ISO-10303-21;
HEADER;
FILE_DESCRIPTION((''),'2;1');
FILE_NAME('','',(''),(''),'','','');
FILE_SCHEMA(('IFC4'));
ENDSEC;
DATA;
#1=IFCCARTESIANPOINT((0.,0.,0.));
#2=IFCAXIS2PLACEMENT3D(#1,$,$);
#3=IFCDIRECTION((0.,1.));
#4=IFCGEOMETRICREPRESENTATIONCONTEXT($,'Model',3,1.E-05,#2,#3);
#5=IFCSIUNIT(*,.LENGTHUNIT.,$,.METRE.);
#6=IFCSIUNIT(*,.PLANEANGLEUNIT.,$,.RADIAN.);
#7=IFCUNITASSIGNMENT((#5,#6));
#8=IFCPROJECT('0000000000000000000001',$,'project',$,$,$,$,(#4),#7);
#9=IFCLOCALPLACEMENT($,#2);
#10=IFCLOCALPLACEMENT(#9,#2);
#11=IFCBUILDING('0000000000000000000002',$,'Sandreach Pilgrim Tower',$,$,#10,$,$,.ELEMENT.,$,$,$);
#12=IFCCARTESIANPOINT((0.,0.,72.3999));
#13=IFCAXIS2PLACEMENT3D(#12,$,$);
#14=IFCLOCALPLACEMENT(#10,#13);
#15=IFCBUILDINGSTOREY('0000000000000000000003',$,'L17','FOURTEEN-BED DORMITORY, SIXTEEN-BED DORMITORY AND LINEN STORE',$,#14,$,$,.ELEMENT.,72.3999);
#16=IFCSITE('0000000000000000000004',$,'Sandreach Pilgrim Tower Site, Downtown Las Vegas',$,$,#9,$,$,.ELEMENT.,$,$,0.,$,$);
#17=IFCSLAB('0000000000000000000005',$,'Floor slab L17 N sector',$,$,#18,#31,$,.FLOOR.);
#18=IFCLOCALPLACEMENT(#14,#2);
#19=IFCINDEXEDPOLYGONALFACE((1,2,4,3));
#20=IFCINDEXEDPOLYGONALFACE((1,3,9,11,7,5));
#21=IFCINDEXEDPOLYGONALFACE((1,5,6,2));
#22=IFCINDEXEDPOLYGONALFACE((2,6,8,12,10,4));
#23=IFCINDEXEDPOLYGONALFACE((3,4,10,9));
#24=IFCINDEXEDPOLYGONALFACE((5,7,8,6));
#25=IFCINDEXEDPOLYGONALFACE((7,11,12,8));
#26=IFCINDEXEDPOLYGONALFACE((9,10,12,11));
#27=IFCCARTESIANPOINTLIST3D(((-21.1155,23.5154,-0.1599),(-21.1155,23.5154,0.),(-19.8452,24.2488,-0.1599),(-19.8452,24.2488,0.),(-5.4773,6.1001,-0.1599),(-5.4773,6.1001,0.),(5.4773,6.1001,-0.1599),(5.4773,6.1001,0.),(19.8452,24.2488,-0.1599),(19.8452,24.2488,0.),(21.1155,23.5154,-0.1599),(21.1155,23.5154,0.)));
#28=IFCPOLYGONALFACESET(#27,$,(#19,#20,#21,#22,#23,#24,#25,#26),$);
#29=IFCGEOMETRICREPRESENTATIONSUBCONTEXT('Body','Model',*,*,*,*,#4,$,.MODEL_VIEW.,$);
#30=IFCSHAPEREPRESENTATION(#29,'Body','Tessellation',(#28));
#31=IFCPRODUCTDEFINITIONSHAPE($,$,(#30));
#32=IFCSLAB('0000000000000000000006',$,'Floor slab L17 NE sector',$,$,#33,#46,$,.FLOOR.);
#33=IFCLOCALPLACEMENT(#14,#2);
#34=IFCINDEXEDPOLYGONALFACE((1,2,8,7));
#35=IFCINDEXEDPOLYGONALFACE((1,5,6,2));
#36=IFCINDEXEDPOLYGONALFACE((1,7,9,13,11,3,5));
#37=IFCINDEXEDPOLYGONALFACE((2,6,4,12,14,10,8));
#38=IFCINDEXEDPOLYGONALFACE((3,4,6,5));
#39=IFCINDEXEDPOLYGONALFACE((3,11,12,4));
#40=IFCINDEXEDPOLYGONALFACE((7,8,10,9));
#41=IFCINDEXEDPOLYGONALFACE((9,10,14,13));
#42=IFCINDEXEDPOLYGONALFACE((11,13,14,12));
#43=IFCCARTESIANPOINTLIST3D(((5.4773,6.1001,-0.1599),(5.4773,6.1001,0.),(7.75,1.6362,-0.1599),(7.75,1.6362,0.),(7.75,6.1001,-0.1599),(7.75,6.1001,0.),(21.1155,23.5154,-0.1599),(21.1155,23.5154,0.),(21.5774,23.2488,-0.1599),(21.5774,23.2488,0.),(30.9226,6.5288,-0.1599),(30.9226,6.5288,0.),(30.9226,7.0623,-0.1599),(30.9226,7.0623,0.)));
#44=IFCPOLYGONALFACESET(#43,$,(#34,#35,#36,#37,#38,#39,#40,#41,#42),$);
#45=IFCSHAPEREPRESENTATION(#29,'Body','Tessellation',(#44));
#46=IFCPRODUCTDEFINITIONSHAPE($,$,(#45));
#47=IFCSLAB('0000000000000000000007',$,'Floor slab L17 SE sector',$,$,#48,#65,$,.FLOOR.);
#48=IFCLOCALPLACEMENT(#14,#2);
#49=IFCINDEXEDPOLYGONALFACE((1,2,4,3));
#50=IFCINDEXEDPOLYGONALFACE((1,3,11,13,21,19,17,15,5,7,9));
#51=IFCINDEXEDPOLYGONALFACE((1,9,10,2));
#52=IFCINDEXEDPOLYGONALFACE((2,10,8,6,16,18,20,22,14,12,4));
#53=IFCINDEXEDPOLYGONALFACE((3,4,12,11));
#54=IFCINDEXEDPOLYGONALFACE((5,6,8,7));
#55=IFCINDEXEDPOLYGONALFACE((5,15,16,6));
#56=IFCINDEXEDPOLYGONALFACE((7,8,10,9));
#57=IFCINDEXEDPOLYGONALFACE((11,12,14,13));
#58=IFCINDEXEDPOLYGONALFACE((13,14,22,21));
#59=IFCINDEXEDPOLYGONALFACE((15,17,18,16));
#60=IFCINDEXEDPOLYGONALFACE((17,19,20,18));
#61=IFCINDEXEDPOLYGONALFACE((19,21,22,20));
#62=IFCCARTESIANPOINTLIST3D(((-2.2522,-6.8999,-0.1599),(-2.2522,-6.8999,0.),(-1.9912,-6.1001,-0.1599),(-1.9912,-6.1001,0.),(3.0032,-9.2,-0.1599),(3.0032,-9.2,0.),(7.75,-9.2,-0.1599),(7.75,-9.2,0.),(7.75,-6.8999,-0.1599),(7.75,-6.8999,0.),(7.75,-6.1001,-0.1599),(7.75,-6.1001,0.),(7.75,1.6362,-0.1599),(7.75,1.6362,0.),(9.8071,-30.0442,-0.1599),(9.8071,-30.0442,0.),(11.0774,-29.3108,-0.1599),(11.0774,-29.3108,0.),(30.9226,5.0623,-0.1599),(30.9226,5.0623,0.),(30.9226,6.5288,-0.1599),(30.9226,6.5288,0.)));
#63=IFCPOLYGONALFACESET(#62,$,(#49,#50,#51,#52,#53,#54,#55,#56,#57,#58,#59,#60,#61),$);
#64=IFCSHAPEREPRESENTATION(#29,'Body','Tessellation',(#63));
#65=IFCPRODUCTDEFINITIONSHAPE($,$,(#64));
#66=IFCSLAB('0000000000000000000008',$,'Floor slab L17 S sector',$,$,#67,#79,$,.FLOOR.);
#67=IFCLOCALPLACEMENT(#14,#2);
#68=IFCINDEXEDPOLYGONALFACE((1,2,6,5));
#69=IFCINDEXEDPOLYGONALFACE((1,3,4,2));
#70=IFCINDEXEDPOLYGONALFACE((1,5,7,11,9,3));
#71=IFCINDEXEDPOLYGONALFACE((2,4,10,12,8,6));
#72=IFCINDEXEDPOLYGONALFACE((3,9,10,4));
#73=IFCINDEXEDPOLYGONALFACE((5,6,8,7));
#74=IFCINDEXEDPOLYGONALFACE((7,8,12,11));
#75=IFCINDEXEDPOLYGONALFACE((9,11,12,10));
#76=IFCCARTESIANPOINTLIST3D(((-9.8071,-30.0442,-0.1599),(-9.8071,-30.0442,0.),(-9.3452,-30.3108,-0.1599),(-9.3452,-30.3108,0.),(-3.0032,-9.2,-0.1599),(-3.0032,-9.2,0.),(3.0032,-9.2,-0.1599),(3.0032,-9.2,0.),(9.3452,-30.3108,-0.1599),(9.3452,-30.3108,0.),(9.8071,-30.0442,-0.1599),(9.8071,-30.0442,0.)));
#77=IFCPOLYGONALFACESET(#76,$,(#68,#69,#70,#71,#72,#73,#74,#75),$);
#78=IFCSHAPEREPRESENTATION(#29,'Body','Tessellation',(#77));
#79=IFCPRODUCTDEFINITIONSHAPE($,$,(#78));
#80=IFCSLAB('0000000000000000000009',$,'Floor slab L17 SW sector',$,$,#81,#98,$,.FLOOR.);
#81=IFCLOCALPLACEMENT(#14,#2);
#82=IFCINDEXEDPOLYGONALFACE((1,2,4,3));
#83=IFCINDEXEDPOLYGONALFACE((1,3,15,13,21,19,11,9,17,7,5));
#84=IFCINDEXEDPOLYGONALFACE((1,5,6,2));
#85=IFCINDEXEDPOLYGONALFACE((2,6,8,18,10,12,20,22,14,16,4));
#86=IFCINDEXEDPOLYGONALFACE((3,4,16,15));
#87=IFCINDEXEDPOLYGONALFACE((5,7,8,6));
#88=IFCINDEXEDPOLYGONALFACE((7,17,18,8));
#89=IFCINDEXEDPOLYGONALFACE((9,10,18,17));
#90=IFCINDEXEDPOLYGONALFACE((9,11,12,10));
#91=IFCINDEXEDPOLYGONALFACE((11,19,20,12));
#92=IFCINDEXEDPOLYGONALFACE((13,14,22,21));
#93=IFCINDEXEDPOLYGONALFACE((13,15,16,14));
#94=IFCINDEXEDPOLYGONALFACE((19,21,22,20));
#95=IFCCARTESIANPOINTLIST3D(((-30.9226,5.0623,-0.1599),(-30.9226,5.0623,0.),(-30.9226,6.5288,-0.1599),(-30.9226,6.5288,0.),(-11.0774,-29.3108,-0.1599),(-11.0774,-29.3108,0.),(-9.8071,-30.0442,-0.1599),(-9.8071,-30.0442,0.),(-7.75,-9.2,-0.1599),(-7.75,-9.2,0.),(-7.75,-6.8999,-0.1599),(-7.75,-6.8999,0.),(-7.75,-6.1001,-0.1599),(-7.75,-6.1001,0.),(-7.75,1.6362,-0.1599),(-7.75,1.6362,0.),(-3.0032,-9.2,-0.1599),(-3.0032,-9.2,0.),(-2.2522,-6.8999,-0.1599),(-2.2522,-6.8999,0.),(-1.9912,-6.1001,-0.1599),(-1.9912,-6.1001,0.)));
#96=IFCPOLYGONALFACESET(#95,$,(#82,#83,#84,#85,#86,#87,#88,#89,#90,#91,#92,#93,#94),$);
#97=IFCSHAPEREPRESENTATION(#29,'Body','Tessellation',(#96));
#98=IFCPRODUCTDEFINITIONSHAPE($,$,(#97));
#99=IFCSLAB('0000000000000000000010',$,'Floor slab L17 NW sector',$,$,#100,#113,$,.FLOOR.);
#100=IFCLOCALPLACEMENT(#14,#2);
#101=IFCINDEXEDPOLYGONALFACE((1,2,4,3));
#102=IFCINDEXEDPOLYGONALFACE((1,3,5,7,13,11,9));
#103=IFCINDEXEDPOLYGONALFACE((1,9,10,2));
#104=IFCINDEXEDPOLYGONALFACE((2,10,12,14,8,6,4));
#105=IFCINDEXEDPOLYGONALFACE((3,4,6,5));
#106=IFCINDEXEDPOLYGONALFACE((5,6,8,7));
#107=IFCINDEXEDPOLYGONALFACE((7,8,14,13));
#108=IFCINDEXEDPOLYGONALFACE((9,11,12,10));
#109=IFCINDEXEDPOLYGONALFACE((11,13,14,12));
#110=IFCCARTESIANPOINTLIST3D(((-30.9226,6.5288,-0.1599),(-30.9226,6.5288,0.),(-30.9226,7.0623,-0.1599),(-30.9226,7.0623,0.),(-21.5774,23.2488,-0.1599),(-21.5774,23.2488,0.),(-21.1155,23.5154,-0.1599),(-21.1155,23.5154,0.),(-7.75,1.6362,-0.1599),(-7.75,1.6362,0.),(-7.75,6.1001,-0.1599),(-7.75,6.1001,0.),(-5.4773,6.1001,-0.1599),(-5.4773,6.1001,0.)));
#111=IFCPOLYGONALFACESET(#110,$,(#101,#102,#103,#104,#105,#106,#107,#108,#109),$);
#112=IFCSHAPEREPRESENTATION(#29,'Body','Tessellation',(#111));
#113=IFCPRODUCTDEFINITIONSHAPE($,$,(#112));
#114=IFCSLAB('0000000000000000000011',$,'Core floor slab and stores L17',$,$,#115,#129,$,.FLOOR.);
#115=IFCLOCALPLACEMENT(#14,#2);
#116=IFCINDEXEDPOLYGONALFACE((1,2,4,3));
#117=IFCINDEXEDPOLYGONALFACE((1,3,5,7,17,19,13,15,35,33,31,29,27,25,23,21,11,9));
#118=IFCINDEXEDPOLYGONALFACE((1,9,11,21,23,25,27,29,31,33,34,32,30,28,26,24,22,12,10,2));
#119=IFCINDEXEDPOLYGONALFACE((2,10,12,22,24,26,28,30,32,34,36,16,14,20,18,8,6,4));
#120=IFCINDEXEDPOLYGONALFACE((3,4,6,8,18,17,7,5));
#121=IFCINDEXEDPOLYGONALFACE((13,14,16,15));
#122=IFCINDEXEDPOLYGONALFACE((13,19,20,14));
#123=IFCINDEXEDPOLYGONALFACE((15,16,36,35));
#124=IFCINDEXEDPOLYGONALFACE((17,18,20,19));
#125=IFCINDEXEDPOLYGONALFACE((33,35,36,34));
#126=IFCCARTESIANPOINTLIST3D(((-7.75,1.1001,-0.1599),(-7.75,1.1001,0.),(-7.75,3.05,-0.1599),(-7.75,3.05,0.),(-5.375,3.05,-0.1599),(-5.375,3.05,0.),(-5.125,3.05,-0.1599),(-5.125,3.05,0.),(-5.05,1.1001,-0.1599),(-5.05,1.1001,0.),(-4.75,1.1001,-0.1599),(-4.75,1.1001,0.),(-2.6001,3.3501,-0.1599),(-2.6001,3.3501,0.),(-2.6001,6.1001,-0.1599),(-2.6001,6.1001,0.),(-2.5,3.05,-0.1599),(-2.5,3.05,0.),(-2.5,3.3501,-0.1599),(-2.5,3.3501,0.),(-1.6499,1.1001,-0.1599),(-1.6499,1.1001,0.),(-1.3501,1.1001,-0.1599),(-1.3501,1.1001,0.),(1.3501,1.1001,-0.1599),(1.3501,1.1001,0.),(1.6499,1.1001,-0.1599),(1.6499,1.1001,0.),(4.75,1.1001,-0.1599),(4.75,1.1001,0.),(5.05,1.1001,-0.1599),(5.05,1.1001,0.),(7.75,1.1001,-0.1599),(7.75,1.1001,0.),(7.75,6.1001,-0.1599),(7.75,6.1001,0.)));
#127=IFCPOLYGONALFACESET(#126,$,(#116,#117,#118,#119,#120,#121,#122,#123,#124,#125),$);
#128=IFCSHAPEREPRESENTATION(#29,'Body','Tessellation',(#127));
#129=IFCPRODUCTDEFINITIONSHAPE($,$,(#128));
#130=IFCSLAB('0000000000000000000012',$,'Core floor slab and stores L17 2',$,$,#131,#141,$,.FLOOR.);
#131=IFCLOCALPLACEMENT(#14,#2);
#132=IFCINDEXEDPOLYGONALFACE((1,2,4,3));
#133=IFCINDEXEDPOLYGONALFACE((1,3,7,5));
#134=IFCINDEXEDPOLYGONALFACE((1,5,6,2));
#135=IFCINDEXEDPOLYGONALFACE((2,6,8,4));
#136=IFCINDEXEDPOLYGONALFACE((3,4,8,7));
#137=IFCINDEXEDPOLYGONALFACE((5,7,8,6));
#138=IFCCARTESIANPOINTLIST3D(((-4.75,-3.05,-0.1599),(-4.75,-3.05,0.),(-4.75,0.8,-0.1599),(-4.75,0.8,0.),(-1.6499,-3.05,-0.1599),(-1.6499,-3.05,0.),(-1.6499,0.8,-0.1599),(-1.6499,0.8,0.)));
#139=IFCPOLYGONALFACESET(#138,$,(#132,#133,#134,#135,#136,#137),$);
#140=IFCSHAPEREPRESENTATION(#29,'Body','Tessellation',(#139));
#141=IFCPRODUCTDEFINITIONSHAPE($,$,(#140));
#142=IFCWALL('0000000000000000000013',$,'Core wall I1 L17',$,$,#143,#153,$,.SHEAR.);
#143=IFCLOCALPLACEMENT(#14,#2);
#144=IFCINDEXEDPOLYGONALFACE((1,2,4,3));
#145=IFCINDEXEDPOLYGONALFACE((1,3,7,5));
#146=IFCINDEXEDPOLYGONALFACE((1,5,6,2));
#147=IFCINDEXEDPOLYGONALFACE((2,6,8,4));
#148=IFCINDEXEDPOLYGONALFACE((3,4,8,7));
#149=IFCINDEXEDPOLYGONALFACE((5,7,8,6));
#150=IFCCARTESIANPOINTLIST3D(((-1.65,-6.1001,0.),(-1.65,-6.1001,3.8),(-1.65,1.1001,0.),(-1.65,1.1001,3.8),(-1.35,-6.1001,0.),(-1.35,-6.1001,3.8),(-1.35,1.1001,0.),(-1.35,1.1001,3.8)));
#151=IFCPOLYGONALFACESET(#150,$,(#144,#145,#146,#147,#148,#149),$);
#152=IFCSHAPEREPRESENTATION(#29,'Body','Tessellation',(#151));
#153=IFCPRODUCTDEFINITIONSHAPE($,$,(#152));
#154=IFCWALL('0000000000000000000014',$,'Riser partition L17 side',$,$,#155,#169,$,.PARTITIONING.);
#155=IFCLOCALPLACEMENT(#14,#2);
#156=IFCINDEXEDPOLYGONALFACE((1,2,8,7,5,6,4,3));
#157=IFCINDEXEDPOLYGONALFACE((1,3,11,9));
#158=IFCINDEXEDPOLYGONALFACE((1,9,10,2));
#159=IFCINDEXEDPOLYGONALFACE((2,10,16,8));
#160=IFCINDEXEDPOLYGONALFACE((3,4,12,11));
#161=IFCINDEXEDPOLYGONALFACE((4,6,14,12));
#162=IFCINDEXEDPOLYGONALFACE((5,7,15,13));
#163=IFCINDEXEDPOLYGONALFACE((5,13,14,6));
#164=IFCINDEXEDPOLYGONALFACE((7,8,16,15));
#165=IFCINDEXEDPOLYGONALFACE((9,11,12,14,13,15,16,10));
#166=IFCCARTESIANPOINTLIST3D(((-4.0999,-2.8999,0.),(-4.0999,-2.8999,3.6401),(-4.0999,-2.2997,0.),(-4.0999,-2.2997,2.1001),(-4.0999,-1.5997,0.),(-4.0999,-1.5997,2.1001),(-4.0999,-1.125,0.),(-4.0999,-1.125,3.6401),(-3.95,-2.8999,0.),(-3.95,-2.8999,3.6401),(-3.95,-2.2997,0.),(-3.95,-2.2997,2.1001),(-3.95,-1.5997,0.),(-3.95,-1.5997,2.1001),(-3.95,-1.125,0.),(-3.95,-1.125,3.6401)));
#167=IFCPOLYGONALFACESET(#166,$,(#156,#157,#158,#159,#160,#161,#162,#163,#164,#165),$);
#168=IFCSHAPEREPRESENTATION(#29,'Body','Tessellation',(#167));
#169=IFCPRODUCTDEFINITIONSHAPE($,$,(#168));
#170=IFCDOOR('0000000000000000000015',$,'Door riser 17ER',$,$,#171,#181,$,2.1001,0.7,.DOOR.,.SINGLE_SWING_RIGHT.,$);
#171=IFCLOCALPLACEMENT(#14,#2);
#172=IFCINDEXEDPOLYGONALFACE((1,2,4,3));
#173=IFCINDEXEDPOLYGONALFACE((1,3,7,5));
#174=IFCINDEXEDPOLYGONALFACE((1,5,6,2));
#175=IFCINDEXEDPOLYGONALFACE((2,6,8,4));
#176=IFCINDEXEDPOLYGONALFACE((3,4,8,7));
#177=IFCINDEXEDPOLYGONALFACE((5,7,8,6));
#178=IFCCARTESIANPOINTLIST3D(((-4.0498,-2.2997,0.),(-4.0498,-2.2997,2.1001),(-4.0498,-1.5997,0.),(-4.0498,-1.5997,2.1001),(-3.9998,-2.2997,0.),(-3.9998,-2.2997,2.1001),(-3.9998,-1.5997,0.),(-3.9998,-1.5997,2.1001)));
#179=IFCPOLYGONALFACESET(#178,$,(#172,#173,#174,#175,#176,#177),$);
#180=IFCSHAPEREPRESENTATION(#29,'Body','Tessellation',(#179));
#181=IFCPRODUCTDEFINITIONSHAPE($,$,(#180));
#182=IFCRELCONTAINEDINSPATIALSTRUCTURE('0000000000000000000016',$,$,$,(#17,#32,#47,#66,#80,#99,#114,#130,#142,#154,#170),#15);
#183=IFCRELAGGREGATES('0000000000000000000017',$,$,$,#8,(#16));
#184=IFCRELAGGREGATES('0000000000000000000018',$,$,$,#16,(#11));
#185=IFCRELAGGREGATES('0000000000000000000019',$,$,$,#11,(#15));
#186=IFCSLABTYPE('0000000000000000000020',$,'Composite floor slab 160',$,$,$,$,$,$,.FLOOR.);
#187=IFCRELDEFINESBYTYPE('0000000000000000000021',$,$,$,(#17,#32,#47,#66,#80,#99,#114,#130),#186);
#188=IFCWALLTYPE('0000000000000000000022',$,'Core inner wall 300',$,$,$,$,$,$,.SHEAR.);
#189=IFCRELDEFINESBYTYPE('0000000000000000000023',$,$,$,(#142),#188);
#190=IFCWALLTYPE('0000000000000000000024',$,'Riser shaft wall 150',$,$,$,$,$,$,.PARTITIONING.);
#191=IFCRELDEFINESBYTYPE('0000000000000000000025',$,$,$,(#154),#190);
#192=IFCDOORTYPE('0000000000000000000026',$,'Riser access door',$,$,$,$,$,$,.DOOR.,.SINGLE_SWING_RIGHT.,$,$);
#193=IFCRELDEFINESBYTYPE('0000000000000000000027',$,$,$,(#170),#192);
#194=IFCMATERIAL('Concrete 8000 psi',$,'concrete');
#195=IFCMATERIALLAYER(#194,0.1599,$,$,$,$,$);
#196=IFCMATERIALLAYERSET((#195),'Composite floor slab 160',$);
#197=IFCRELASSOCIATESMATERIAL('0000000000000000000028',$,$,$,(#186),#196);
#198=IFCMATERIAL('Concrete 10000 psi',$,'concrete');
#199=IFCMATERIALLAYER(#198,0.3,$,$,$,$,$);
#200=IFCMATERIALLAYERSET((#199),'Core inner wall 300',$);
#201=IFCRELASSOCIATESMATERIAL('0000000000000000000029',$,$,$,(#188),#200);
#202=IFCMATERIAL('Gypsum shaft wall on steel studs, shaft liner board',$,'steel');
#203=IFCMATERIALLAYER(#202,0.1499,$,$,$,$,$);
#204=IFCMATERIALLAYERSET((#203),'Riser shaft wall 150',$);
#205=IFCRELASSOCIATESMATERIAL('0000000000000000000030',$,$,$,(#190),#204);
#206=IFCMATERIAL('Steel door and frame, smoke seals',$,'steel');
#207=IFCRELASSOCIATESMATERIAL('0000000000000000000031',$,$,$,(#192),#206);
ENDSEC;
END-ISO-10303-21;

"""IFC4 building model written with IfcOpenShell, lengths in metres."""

from ifc_helpers import new_model, si_unit, direction, frame, frame_2d, origin, place, context, subcontext, project, spatial, polyline, rectangle, outline, extrude, material, layer, layer_set, type_object, element, fill, save


model = new_model("IFC4")

# Units and contexts
model_context = context("Model", 3, precision=1e-05, world=origin(), true_north=direction((0.0, 1.0)))
body_context = subcontext(model_context, "Body", "Model", "MODEL_VIEW")
ifc_project = project(units=[si_unit("LENGTHUNIT", "METRE"), si_unit("PLANEANGLEUNIT", "RADIAN")], contexts=[model_context])

# Site, building, storey
site_placement = place(None, origin())
site = spatial("IfcSite", under=ifc_project, at=site_placement, Name="Sandreach Pilgrim Tower Site, Downtown Las Vegas", CompositionType="ELEMENT", RefElevation=0.0)
building_placement = place(site_placement, origin())
building = spatial("IfcBuilding", under=site, at=building_placement, Name="Sandreach Pilgrim Tower", CompositionType="ELEMENT")
storey_placement = place(building_placement, frame((0.0, 0.0, 72.3999)))
storey = spatial("IfcBuildingStorey", under=building, at=storey_placement, Name="L17", Description="FOURTEEN-BED DORMITORY, SIXTEEN-BED DORMITORY AND LINEN STORE", CompositionType="ELEMENT", Elevation=72.3999)

# Slabs
ifc_material_1 = material(Name="Concrete 8000 psi", Category="concrete")
ifc_layer_1 = layer(ifc_material_1, 0.1599)
ifc_layer_set_1 = layer_set([ifc_layer_1], Name="Composite floor slab 160")
slab_type = type_object("IfcSlabType", Name="Composite floor slab 160", PredefinedType="FLOOR", material=ifc_layer_set_1)
slab_1_placement = place(storey_placement, frame((0.0, 0.0, -0.1599)))
element("IfcSlab", 1, at=slab_1_placement, inside=storey, type_object=slab_type, Name="Floor slab L17 N sector", PredefinedType="FLOOR", context=body_context, shape_type="SweptSolid", body=[
    extrude(outline(polyline([(-19.8452, 24.2488), (19.8452, 24.2488), (21.1155, 23.5154), (5.4773, 6.1001), (-5.4773, 6.1001), (-21.1155, 23.5154), (-19.8452, 24.2488)])), origin(), (0.0, 0.0, 1.0), 0.1599),
])
slab_2_placement = place(storey_placement, frame((0.0, 0.0, -0.1599)))
element("IfcSlab", 2, at=slab_2_placement, inside=storey, type_object=slab_type, Name="Floor slab L17 NE sector", PredefinedType="FLOOR", context=body_context, shape_type="SweptSolid", body=[
    extrude(outline(polyline([(21.5774, 23.2488), (30.9226, 7.0623), (30.9226, 6.5288), (7.75, 1.6362), (7.75, 6.1001), (5.4773, 6.1001), (21.1155, 23.5154), (21.5774, 23.2488)])), origin(), (0.0, 0.0, 1.0), 0.1599),
])
slab_3_placement = place(storey_placement, frame((0.0, 0.0, -0.1599)))
element("IfcSlab", 3, at=slab_3_placement, inside=storey, type_object=slab_type, Name="Floor slab L17 SE sector", PredefinedType="FLOOR", context=body_context, shape_type="SweptSolid", body=[
    extrude(outline(polyline([(11.0774, -29.3108), (9.8071, -30.0442), (3.0032, -9.2), (7.75, -9.2), (7.75, -6.8999), (-2.2522, -6.8999), (-1.9912, -6.1001), (7.75, -6.1001), (7.75, 1.6362), (30.9226, 6.5288), (30.9226, 5.0623), (11.0774, -29.3108)])), origin(), (0.0, 0.0, 1.0), 0.1599),
])
slab_4_placement = place(storey_placement, frame((0.0, 0.0, -0.1599)))
element("IfcSlab", 4, at=slab_4_placement, inside=storey, type_object=slab_type, Name="Floor slab L17 S sector", PredefinedType="FLOOR", context=body_context, shape_type="SweptSolid", body=[
    extrude(outline(polyline([(9.3452, -30.3108), (-9.3452, -30.3108), (-9.8071, -30.0442), (-3.0032, -9.2), (3.0032, -9.2), (9.8071, -30.0442), (9.3452, -30.3108)])), origin(), (0.0, 0.0, 1.0), 0.1599),
])
slab_5_placement = place(storey_placement, frame((0.0, 0.0, -0.1599)))
element("IfcSlab", 5, at=slab_5_placement, inside=storey, type_object=slab_type, Name="Floor slab L17 SW sector", PredefinedType="FLOOR", context=body_context, shape_type="SweptSolid", body=[
    extrude(outline(polyline([(-11.0774, -29.3108), (-30.9226, 5.0623), (-30.9226, 6.5288), (-7.75, 1.6362), (-7.75, -6.1001), (-1.9912, -6.1001), (-2.2522, -6.8999), (-7.75, -6.8999), (-7.75, -9.2), (-3.0032, -9.2), (-9.8071, -30.0442), (-11.0774, -29.3108)])), origin(), (0.0, 0.0, 1.0), 0.1599),
])
slab_6_placement = place(storey_placement, frame((0.0, 0.0, -0.1599)))
element("IfcSlab", 6, at=slab_6_placement, inside=storey, type_object=slab_type, Name="Floor slab L17 NW sector", PredefinedType="FLOOR", context=body_context, shape_type="SweptSolid", body=[
    extrude(outline(polyline([(-30.9226, 7.0623), (-21.5774, 23.2488), (-21.1155, 23.5154), (-5.4773, 6.1001), (-7.75, 6.1001), (-7.75, 1.6362), (-30.9226, 6.5288), (-30.9226, 7.0623)])), origin(), (0.0, 0.0, 1.0), 0.1599),
])
slab_7_placement = place(storey_placement, frame((0.0, 0.0, -0.1599)))
element("IfcSlab", 7, at=slab_7_placement, inside=storey, type_object=slab_type, Name="Core floor slab and stores L17", PredefinedType="FLOOR", context=body_context, shape_type="SweptSolid", body=[
    extrude(outline(polyline([(-7.75, 3.05), (-5.375, 3.05), (-5.125, 3.05), (-2.5, 3.05), (-2.5, 3.3501), (-2.6001, 3.3501), (-2.6001, 6.1001), (7.75, 6.1001), (7.75, 1.1001), (5.05, 1.1001), (4.75, 1.1001), (1.6499, 1.1001), (1.3501, 1.1001), (-1.3501, 1.1001), (-1.6499, 1.1001), (-4.75, 1.1001), (-5.05, 1.1001), (-7.75, 1.1001), (-7.75, 3.05)])), origin(), (0.0, 0.0, 1.0), 0.1599),
])
slab_8_placement = place(storey_placement, frame((0.0, 0.0, -0.1599)))
element("IfcSlab", 8, at=slab_8_placement, inside=storey, type_object=slab_type, Name="Core floor slab and stores L17 2", PredefinedType="FLOOR", context=body_context, shape_type="SweptSolid", body=[
    extrude(outline(polyline([(-1.6499, -3.05), (-4.75, -3.05), (-4.75, 0.8), (-1.6499, 0.8), (-1.6499, -3.05)])), origin(), (0.0, 0.0, 1.0), 0.1599),
])

# Wall
ifc_material_2 = material(Name="Concrete 10000 psi", Category="concrete")
ifc_layer_2 = layer(ifc_material_2, 0.3)
ifc_layer_set_2 = layer_set([ifc_layer_2], Name="Core inner wall 300")
wall_type_1 = type_object("IfcWallType", Name="Core inner wall 300", PredefinedType="SHEAR", material=ifc_layer_set_2)
wall_1_placement = place(storey_placement, frame((-1.5, -6.1001, 0.0), z_axis=(0.0, 0.0, 1.0), x_axis=(0.0, 1.0, 0.0)))
element("IfcWall", 9, at=wall_1_placement, inside=storey, type_object=wall_type_1, Name="Core wall I1 L17", PredefinedType="SHEAR", context=body_context, shape_type="SweptSolid", body=[
    extrude(rectangle(XDim=7.2002, YDim=0.3, at=frame_2d((3.6001, 0.0))), origin(), (0.0, 0.0, 1.0), 3.8),
])

# Wall, opening, door
ifc_material_3 = material(Name="Gypsum shaft wall on steel studs, shaft liner board", Category="steel")
ifc_layer_3 = layer(ifc_material_3, 0.1499)
ifc_layer_set_3 = layer_set([ifc_layer_3], Name="Riser shaft wall 150")
wall_type_2 = type_object("IfcWallType", Name="Riser shaft wall 150", PredefinedType="PARTITIONING", material=ifc_layer_set_3)
wall_2_placement = place(storey_placement, frame((-4.0249, -2.8999, 0.0), z_axis=(0.0, 0.0, 1.0), x_axis=(0.0, 1.0, 0.0)))
wall_2 = element("IfcWall", 10, at=wall_2_placement, inside=storey, type_object=wall_type_2, Name="Riser partition L17 side", PredefinedType="PARTITIONING", context=body_context, shape_type="SweptSolid", body=[
    extrude(rectangle(XDim=1.7749, YDim=0.1499, at=frame_2d((0.8875, 0.0))), origin(), (0.0, 0.0, 1.0), 3.6401),
])
opening_placement = place(wall_2_placement, frame((0.6001, 0.0, 0.0)))
opening = element("IfcOpeningElement", 11, at=opening_placement, cuts=wall_2, PredefinedType="OPENING", context=body_context, shape_type="SweptSolid", body=[
    extrude(rectangle(XDim=0.7, YDim=2.1001, at=frame_2d((0.3501, 1.05))), frame((0.0, 0.075, 0.0), z_axis=(0.0, -1.0, 0.0), x_axis=(1.0, 0.0, 0.0)), (0.0, 0.0, 1.0), 0.1499),
])
ifc_material_4 = material(Name="Steel door and frame, smoke seals", Category="steel")
door_type = type_object("IfcDoorType", Name="Riser access door", OperationType="SINGLE_SWING_RIGHT", PredefinedType="DOOR", material=ifc_material_4)
door_placement = place(opening_placement, origin())
door = element("IfcDoor", 12, at=door_placement, inside=storey, type_object=door_type, Name="Door riser 17ER", OperationType="SINGLE_SWING_RIGHT", OverallHeight=2.1001, OverallWidth=0.7, PredefinedType="DOOR", context=body_context, shape_type="SweptSolid", body=[
    extrude(rectangle(XDim=0.7, YDim=2.1001, at=frame_2d((0.3501, 1.05))), frame((0.0, 0.0249, 0.0), z_axis=(0.0, -1.0, 0.0), x_axis=(1.0, 0.0, 0.0)), (0.0, 0.0, 1.0), 0.05),
])
fill(opening, door)

save(model, "model.ifc")
